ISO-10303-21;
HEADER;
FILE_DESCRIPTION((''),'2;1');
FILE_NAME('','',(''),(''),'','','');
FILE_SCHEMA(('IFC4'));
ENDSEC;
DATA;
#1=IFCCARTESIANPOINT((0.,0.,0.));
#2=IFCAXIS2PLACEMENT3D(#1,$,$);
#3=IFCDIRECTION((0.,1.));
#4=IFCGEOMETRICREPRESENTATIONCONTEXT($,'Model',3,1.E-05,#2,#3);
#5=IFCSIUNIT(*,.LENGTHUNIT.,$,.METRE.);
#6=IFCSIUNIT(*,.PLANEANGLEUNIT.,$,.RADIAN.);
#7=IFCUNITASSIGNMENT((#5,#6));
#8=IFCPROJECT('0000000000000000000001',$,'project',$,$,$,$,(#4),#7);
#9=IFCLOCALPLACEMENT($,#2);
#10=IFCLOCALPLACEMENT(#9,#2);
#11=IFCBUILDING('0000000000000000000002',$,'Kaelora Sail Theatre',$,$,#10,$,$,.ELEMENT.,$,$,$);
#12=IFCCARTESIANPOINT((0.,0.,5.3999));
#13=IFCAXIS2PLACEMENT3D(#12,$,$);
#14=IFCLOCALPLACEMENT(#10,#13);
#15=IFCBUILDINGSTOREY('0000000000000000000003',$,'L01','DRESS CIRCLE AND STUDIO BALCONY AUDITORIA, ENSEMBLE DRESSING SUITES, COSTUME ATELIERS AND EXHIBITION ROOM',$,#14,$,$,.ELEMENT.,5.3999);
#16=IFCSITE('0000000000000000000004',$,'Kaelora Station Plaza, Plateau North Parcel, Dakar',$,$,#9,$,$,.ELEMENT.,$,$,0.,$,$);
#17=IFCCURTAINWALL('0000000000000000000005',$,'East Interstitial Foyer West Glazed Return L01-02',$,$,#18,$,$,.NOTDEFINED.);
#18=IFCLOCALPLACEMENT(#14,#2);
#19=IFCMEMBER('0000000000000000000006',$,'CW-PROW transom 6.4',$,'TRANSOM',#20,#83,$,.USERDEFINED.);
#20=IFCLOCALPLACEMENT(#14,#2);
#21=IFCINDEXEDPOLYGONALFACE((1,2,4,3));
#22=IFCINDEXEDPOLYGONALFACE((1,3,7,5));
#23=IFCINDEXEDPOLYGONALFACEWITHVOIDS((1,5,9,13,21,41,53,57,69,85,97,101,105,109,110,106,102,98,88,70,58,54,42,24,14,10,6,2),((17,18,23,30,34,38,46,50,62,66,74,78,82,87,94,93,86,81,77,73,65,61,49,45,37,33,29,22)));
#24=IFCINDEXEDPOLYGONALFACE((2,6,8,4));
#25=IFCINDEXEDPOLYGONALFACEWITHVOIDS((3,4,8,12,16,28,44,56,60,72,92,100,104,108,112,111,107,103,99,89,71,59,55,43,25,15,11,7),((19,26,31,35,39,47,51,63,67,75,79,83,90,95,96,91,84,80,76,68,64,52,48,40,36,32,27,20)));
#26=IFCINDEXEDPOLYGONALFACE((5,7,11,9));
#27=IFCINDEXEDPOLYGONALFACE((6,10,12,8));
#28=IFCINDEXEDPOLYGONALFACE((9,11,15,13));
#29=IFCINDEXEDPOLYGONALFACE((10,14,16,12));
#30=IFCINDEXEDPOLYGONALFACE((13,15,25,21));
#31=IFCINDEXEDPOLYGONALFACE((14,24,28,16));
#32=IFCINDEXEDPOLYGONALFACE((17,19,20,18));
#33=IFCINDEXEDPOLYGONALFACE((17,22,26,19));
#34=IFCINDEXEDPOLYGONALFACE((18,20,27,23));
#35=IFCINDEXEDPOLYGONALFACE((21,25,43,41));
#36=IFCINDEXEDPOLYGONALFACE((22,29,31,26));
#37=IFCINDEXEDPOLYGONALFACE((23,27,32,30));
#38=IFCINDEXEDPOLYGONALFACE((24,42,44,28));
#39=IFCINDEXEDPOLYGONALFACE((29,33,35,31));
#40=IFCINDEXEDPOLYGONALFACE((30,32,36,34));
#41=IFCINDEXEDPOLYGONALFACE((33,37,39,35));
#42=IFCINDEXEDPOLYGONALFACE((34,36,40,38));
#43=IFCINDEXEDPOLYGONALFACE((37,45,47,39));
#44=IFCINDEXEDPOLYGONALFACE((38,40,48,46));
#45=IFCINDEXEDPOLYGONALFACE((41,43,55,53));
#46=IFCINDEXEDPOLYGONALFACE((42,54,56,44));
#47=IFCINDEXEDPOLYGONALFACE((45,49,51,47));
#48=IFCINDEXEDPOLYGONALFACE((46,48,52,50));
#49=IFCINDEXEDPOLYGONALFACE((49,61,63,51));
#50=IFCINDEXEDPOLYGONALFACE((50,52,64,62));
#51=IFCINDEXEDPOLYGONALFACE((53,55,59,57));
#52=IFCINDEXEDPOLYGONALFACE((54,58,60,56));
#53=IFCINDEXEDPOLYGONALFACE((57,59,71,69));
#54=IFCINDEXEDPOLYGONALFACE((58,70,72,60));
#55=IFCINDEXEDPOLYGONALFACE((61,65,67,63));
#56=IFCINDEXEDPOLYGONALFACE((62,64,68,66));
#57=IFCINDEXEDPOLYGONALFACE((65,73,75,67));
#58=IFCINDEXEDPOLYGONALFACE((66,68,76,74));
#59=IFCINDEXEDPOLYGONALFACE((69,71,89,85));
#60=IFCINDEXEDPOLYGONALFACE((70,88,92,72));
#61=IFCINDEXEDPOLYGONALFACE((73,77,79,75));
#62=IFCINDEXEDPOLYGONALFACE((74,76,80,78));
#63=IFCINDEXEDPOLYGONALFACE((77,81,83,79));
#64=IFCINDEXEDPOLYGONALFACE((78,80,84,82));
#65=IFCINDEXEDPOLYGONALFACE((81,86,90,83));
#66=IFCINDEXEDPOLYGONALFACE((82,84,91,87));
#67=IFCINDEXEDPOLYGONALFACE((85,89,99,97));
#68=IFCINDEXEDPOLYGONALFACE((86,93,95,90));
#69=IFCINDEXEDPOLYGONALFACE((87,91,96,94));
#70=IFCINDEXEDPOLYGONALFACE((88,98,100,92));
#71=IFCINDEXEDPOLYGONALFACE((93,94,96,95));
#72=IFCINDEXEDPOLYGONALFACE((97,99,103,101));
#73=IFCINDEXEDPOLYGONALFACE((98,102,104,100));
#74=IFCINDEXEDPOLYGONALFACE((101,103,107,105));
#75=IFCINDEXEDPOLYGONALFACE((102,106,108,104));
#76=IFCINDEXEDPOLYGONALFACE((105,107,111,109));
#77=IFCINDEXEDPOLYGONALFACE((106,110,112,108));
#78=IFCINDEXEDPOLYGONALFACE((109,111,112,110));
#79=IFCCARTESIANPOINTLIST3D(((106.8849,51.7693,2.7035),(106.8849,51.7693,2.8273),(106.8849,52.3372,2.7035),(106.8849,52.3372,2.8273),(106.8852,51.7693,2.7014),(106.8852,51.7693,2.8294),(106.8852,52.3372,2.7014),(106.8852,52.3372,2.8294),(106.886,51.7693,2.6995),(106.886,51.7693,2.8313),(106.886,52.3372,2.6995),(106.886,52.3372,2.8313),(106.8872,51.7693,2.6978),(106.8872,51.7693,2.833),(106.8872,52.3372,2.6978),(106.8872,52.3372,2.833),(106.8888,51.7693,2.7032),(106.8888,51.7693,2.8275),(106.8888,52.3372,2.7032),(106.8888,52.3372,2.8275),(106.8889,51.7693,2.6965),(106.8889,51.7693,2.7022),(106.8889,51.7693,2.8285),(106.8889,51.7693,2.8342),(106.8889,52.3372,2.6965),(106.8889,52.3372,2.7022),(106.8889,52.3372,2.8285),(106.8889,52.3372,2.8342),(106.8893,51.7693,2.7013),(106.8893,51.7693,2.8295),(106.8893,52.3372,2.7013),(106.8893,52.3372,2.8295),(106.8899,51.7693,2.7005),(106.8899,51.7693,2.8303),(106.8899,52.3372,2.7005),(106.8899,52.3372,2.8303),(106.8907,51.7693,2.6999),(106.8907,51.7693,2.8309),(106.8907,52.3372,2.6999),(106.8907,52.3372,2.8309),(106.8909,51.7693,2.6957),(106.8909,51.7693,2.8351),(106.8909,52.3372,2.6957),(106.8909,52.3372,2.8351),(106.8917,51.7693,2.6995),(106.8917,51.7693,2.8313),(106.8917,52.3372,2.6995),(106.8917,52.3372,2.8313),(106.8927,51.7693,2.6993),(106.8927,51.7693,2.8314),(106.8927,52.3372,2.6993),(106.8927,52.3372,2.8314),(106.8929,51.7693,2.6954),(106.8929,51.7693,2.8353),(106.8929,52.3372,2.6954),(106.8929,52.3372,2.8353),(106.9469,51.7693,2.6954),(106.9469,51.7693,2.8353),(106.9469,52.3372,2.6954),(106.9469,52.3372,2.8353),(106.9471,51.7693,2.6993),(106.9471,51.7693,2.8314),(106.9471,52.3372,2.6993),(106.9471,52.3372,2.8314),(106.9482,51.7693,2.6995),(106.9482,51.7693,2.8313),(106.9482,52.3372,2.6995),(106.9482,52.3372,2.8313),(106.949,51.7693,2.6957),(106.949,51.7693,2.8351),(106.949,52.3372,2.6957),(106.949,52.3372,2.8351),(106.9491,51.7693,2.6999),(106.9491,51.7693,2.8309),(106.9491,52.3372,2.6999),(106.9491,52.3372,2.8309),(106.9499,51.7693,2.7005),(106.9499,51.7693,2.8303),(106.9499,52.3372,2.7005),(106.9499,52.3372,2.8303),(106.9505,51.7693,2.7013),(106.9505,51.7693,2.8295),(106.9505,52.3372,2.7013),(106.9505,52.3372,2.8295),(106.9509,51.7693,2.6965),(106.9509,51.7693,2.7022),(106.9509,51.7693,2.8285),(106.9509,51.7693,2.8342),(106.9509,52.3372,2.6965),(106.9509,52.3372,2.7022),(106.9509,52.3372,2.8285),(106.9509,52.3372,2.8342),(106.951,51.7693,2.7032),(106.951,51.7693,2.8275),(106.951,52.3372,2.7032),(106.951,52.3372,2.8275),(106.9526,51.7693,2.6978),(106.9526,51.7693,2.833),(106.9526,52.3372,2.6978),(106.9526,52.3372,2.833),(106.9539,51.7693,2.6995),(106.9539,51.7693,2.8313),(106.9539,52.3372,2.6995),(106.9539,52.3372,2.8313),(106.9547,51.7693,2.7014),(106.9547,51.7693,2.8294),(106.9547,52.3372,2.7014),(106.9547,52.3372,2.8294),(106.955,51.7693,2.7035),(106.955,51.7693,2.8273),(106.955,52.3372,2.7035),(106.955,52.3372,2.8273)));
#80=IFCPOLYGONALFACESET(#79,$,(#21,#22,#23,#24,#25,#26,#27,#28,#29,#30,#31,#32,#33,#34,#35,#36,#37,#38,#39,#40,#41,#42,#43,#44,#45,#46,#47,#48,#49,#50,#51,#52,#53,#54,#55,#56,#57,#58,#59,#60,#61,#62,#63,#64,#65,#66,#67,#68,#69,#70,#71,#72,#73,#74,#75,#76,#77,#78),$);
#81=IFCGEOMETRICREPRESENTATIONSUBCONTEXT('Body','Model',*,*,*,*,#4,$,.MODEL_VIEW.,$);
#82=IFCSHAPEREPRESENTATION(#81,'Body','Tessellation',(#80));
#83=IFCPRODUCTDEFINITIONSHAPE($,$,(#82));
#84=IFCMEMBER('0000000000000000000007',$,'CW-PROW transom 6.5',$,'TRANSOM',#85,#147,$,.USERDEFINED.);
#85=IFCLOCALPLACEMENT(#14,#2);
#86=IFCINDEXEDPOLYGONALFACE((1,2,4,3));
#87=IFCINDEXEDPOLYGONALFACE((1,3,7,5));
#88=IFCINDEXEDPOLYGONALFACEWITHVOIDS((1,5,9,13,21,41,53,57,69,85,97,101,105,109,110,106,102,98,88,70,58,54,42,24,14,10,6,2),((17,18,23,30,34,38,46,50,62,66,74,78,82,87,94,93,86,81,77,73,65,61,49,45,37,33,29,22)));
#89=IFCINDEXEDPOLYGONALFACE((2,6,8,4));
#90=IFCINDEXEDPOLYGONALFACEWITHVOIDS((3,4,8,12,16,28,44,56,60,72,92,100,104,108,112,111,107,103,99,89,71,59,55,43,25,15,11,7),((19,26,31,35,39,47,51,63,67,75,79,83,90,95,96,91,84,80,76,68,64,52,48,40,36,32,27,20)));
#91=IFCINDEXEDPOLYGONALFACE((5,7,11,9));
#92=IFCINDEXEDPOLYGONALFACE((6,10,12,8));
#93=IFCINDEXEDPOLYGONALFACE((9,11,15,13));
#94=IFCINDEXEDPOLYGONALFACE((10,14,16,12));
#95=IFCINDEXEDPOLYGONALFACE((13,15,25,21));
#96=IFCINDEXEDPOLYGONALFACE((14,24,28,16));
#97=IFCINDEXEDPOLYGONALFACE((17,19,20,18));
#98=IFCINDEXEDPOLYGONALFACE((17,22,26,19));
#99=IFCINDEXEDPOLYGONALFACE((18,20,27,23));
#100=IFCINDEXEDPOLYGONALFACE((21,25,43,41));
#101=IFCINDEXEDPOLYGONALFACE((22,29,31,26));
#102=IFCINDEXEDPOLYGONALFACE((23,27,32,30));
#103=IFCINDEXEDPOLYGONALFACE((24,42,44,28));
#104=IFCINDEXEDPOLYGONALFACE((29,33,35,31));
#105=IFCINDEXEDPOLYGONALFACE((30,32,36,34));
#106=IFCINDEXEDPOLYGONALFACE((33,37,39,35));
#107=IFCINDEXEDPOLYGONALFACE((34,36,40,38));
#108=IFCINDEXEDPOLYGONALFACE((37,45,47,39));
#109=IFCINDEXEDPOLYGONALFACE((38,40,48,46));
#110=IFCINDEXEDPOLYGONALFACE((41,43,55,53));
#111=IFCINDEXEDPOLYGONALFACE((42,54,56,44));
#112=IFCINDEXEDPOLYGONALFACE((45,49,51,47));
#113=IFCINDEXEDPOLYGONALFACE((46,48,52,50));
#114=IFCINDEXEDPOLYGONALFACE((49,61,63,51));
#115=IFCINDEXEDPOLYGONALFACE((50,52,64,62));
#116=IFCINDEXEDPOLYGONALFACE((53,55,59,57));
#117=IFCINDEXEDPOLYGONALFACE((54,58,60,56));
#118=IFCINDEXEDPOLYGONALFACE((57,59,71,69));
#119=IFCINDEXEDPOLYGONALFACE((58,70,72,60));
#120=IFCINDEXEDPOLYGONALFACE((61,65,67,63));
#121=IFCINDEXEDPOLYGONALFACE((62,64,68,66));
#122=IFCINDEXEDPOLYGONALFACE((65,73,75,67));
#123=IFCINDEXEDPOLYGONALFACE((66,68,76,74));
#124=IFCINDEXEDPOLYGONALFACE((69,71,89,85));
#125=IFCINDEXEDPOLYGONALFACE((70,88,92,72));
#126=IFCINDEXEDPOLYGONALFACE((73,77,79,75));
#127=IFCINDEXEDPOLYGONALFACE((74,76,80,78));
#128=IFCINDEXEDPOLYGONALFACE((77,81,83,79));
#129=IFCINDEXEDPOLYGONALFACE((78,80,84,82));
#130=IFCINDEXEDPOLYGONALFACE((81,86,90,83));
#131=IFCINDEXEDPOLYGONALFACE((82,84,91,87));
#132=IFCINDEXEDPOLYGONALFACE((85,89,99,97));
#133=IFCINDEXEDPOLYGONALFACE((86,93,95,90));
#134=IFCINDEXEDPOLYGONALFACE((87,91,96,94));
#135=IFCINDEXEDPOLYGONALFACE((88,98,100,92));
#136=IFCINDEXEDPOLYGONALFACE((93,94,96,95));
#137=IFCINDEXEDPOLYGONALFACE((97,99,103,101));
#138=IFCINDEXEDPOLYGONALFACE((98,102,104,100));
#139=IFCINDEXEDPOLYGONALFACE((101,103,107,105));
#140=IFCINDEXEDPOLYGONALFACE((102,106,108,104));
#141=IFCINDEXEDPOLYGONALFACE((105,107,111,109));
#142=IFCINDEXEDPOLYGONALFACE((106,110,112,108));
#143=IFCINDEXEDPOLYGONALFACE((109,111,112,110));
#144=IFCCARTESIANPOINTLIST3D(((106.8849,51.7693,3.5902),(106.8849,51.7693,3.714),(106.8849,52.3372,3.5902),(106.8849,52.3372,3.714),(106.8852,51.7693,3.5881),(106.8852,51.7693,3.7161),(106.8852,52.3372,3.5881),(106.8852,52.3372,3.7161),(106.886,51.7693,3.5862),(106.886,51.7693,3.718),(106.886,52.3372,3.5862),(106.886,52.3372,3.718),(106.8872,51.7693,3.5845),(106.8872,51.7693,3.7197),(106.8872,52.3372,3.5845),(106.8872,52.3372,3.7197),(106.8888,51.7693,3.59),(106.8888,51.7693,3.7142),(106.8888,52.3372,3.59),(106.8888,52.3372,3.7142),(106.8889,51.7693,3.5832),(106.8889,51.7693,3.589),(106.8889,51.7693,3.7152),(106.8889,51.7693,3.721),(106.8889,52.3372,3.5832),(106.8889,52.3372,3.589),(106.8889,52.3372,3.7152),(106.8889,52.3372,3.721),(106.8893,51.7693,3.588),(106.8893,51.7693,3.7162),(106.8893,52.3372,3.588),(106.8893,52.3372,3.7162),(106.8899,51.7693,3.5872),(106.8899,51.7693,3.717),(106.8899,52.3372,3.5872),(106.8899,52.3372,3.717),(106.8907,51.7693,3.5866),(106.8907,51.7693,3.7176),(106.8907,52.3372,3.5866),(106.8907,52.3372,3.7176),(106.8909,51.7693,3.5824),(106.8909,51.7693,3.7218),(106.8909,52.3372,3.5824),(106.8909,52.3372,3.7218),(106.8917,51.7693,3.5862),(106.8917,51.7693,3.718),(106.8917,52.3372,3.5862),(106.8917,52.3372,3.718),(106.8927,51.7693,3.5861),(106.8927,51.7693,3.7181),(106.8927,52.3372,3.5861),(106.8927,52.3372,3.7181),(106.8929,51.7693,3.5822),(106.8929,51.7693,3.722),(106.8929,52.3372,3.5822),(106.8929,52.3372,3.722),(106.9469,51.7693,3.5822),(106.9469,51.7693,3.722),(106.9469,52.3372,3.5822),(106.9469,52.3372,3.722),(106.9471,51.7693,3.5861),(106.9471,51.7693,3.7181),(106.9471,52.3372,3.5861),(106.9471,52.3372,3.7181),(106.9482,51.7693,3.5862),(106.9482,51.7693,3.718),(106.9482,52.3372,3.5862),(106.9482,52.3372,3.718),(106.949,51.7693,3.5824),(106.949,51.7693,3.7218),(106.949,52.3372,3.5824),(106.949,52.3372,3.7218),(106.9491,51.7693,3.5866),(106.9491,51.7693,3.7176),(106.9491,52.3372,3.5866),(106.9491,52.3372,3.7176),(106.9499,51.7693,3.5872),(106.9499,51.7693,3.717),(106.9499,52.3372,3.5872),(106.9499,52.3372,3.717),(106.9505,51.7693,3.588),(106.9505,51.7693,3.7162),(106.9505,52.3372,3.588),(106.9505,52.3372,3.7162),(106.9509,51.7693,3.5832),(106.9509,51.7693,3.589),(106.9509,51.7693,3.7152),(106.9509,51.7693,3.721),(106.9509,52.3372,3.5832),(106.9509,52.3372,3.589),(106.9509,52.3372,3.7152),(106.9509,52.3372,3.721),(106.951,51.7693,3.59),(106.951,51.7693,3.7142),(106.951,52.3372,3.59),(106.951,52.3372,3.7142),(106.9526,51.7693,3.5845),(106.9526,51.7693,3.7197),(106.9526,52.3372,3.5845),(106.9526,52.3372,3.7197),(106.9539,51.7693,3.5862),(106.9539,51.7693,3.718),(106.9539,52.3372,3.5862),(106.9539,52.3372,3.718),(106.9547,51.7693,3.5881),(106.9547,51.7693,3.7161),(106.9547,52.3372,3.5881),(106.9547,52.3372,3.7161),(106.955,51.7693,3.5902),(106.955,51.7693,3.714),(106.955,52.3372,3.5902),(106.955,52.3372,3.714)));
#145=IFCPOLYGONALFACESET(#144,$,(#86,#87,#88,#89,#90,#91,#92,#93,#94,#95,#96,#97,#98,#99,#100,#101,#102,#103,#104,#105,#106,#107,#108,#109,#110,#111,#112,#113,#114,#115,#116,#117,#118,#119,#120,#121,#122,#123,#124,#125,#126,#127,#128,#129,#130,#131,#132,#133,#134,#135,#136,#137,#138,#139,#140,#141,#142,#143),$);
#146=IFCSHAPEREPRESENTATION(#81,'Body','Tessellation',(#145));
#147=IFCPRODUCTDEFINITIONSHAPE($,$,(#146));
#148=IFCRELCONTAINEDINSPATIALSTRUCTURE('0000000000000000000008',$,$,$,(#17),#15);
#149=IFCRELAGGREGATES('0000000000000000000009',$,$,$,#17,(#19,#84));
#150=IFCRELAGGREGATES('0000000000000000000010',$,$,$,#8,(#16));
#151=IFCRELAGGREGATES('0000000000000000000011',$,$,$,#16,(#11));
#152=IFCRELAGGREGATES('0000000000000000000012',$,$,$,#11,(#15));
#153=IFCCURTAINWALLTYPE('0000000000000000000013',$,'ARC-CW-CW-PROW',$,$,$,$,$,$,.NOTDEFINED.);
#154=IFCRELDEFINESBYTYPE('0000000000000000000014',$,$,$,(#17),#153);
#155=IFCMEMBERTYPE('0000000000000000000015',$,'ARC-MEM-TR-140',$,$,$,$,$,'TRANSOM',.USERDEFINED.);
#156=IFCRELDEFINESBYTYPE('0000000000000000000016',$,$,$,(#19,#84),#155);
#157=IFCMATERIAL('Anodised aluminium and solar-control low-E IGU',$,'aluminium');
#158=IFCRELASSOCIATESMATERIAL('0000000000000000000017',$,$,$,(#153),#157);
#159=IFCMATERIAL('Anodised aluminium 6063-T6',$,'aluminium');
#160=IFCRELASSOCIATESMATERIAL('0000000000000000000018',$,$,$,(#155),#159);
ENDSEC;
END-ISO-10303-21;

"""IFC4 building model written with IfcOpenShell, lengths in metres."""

from ifc_helpers import new_model, si_unit, direction, frame, origin, origin_2d, place, context, subcontext, project, spatial, hollow_rectangle, extrude, material, material_profile, profile_set, type_object, element, aggregate, save


model = new_model("IFC4")

# Units and contexts
model_context = context("Model", 3, precision=1e-05, world=origin(), true_north=direction((0.0, 1.0)))
body_context = subcontext(model_context, "Body", "Model", "MODEL_VIEW")
ifc_project = project(units=[si_unit("LENGTHUNIT", "METRE"), si_unit("PLANEANGLEUNIT", "RADIAN")], contexts=[model_context])

# Site, building, storey
site_placement = place(None, origin())
site = spatial("IfcSite", under=ifc_project, at=site_placement, Name="Kaelora Station Plaza, Plateau North Parcel, Dakar", CompositionType="ELEMENT", RefElevation=0.0)
building_placement = place(site_placement, origin())
building = spatial("IfcBuilding", under=site, at=building_placement, Name="Kaelora Sail Theatre", CompositionType="ELEMENT")
storey_placement = place(building_placement, frame((0.0, 0.0, 5.3999)))
storey = spatial("IfcBuildingStorey", under=building, at=storey_placement, Name="L01", Description="DRESS CIRCLE AND STUDIO BALCONY AUDITORIA, ENSEMBLE DRESSING SUITES, COSTUME ATELIERS AND EXHIBITION ROOM", CompositionType="ELEMENT", Elevation=5.3999)

# Curtain wall, members
ifc_material_1 = material(Name="Anodised aluminium and solar-control low-E IGU", Category="aluminium")
curtain_wall_type = type_object("IfcCurtainWallType", Name="ARC-CW-CW-PROW", PredefinedType="NOTDEFINED", material=ifc_material_1)
curtain_wall_placement = place(storey_placement, origin())
curtain_wall = element("IfcCurtainWall", 1, at=curtain_wall_placement, inside=storey, type_object=curtain_wall_type, Name="East Interstitial Foyer West Glazed Return L01-02", PredefinedType="NOTDEFINED")
ifc_material_2 = material(Name="Anodised aluminium 6063-T6", Category="aluminium")
ifc_material_profile_1 = material_profile(ifc_material_2, hollow_rectangle(XDim=0.0701, YDim=0.1399, WallThickness=0.0039, InnerFilletRadius=0.0039, OuterFilletRadius=0.0081, at=origin_2d()), Name="ALU-TRAN 70x140x4")
ifc_profile_set_1 = profile_set([ifc_material_profile_1], Name="Anodised aluminium 6063-T6")
member_type_1 = type_object("IfcMemberType", Name="ARC-MEM-TR-140", ElementType="TRANSOM", PredefinedType="USERDEFINED", material=ifc_profile_set_1)
member_1_placement = place(storey_placement, frame((106.9199, 51.7693, 2.7654), z_axis=(0.0, 1.0, 0.0), x_axis=(-1.0, 0.0, 0.0)))
member_1 = element("IfcMember", 2, at=member_1_placement, type_object=member_type_1, Name="CW-PROW transom 6.4", ObjectType="TRANSOM", PredefinedType="USERDEFINED", context=body_context, shape_type="SweptSolid", body=[
    extrude(hollow_rectangle(XDim=0.0701, YDim=0.1399, WallThickness=0.0039, InnerFilletRadius=0.0039, OuterFilletRadius=0.0081, at=origin_2d()), origin(), (0.0, 0.0, 1.0), 0.5679),
])
member_2_placement = place(storey_placement, frame((106.9199, 51.7693, 3.6521), z_axis=(0.0, 1.0, 0.0), x_axis=(-1.0, 0.0, 0.0)))
member_2 = element("IfcMember", 3, at=member_2_placement, type_object=member_type_1, Name="CW-PROW transom 6.5", ObjectType="TRANSOM", PredefinedType="USERDEFINED", context=body_context, shape_type="SweptSolid", body=[
    extrude(hollow_rectangle(XDim=0.0701, YDim=0.1399, WallThickness=0.0039, InnerFilletRadius=0.0039, OuterFilletRadius=0.0081, at=origin_2d()), origin(), (0.0, 0.0, 1.0), 0.5679),
])

aggregate(curtain_wall, [member_1, member_2])

save(model, "model.ifc")
